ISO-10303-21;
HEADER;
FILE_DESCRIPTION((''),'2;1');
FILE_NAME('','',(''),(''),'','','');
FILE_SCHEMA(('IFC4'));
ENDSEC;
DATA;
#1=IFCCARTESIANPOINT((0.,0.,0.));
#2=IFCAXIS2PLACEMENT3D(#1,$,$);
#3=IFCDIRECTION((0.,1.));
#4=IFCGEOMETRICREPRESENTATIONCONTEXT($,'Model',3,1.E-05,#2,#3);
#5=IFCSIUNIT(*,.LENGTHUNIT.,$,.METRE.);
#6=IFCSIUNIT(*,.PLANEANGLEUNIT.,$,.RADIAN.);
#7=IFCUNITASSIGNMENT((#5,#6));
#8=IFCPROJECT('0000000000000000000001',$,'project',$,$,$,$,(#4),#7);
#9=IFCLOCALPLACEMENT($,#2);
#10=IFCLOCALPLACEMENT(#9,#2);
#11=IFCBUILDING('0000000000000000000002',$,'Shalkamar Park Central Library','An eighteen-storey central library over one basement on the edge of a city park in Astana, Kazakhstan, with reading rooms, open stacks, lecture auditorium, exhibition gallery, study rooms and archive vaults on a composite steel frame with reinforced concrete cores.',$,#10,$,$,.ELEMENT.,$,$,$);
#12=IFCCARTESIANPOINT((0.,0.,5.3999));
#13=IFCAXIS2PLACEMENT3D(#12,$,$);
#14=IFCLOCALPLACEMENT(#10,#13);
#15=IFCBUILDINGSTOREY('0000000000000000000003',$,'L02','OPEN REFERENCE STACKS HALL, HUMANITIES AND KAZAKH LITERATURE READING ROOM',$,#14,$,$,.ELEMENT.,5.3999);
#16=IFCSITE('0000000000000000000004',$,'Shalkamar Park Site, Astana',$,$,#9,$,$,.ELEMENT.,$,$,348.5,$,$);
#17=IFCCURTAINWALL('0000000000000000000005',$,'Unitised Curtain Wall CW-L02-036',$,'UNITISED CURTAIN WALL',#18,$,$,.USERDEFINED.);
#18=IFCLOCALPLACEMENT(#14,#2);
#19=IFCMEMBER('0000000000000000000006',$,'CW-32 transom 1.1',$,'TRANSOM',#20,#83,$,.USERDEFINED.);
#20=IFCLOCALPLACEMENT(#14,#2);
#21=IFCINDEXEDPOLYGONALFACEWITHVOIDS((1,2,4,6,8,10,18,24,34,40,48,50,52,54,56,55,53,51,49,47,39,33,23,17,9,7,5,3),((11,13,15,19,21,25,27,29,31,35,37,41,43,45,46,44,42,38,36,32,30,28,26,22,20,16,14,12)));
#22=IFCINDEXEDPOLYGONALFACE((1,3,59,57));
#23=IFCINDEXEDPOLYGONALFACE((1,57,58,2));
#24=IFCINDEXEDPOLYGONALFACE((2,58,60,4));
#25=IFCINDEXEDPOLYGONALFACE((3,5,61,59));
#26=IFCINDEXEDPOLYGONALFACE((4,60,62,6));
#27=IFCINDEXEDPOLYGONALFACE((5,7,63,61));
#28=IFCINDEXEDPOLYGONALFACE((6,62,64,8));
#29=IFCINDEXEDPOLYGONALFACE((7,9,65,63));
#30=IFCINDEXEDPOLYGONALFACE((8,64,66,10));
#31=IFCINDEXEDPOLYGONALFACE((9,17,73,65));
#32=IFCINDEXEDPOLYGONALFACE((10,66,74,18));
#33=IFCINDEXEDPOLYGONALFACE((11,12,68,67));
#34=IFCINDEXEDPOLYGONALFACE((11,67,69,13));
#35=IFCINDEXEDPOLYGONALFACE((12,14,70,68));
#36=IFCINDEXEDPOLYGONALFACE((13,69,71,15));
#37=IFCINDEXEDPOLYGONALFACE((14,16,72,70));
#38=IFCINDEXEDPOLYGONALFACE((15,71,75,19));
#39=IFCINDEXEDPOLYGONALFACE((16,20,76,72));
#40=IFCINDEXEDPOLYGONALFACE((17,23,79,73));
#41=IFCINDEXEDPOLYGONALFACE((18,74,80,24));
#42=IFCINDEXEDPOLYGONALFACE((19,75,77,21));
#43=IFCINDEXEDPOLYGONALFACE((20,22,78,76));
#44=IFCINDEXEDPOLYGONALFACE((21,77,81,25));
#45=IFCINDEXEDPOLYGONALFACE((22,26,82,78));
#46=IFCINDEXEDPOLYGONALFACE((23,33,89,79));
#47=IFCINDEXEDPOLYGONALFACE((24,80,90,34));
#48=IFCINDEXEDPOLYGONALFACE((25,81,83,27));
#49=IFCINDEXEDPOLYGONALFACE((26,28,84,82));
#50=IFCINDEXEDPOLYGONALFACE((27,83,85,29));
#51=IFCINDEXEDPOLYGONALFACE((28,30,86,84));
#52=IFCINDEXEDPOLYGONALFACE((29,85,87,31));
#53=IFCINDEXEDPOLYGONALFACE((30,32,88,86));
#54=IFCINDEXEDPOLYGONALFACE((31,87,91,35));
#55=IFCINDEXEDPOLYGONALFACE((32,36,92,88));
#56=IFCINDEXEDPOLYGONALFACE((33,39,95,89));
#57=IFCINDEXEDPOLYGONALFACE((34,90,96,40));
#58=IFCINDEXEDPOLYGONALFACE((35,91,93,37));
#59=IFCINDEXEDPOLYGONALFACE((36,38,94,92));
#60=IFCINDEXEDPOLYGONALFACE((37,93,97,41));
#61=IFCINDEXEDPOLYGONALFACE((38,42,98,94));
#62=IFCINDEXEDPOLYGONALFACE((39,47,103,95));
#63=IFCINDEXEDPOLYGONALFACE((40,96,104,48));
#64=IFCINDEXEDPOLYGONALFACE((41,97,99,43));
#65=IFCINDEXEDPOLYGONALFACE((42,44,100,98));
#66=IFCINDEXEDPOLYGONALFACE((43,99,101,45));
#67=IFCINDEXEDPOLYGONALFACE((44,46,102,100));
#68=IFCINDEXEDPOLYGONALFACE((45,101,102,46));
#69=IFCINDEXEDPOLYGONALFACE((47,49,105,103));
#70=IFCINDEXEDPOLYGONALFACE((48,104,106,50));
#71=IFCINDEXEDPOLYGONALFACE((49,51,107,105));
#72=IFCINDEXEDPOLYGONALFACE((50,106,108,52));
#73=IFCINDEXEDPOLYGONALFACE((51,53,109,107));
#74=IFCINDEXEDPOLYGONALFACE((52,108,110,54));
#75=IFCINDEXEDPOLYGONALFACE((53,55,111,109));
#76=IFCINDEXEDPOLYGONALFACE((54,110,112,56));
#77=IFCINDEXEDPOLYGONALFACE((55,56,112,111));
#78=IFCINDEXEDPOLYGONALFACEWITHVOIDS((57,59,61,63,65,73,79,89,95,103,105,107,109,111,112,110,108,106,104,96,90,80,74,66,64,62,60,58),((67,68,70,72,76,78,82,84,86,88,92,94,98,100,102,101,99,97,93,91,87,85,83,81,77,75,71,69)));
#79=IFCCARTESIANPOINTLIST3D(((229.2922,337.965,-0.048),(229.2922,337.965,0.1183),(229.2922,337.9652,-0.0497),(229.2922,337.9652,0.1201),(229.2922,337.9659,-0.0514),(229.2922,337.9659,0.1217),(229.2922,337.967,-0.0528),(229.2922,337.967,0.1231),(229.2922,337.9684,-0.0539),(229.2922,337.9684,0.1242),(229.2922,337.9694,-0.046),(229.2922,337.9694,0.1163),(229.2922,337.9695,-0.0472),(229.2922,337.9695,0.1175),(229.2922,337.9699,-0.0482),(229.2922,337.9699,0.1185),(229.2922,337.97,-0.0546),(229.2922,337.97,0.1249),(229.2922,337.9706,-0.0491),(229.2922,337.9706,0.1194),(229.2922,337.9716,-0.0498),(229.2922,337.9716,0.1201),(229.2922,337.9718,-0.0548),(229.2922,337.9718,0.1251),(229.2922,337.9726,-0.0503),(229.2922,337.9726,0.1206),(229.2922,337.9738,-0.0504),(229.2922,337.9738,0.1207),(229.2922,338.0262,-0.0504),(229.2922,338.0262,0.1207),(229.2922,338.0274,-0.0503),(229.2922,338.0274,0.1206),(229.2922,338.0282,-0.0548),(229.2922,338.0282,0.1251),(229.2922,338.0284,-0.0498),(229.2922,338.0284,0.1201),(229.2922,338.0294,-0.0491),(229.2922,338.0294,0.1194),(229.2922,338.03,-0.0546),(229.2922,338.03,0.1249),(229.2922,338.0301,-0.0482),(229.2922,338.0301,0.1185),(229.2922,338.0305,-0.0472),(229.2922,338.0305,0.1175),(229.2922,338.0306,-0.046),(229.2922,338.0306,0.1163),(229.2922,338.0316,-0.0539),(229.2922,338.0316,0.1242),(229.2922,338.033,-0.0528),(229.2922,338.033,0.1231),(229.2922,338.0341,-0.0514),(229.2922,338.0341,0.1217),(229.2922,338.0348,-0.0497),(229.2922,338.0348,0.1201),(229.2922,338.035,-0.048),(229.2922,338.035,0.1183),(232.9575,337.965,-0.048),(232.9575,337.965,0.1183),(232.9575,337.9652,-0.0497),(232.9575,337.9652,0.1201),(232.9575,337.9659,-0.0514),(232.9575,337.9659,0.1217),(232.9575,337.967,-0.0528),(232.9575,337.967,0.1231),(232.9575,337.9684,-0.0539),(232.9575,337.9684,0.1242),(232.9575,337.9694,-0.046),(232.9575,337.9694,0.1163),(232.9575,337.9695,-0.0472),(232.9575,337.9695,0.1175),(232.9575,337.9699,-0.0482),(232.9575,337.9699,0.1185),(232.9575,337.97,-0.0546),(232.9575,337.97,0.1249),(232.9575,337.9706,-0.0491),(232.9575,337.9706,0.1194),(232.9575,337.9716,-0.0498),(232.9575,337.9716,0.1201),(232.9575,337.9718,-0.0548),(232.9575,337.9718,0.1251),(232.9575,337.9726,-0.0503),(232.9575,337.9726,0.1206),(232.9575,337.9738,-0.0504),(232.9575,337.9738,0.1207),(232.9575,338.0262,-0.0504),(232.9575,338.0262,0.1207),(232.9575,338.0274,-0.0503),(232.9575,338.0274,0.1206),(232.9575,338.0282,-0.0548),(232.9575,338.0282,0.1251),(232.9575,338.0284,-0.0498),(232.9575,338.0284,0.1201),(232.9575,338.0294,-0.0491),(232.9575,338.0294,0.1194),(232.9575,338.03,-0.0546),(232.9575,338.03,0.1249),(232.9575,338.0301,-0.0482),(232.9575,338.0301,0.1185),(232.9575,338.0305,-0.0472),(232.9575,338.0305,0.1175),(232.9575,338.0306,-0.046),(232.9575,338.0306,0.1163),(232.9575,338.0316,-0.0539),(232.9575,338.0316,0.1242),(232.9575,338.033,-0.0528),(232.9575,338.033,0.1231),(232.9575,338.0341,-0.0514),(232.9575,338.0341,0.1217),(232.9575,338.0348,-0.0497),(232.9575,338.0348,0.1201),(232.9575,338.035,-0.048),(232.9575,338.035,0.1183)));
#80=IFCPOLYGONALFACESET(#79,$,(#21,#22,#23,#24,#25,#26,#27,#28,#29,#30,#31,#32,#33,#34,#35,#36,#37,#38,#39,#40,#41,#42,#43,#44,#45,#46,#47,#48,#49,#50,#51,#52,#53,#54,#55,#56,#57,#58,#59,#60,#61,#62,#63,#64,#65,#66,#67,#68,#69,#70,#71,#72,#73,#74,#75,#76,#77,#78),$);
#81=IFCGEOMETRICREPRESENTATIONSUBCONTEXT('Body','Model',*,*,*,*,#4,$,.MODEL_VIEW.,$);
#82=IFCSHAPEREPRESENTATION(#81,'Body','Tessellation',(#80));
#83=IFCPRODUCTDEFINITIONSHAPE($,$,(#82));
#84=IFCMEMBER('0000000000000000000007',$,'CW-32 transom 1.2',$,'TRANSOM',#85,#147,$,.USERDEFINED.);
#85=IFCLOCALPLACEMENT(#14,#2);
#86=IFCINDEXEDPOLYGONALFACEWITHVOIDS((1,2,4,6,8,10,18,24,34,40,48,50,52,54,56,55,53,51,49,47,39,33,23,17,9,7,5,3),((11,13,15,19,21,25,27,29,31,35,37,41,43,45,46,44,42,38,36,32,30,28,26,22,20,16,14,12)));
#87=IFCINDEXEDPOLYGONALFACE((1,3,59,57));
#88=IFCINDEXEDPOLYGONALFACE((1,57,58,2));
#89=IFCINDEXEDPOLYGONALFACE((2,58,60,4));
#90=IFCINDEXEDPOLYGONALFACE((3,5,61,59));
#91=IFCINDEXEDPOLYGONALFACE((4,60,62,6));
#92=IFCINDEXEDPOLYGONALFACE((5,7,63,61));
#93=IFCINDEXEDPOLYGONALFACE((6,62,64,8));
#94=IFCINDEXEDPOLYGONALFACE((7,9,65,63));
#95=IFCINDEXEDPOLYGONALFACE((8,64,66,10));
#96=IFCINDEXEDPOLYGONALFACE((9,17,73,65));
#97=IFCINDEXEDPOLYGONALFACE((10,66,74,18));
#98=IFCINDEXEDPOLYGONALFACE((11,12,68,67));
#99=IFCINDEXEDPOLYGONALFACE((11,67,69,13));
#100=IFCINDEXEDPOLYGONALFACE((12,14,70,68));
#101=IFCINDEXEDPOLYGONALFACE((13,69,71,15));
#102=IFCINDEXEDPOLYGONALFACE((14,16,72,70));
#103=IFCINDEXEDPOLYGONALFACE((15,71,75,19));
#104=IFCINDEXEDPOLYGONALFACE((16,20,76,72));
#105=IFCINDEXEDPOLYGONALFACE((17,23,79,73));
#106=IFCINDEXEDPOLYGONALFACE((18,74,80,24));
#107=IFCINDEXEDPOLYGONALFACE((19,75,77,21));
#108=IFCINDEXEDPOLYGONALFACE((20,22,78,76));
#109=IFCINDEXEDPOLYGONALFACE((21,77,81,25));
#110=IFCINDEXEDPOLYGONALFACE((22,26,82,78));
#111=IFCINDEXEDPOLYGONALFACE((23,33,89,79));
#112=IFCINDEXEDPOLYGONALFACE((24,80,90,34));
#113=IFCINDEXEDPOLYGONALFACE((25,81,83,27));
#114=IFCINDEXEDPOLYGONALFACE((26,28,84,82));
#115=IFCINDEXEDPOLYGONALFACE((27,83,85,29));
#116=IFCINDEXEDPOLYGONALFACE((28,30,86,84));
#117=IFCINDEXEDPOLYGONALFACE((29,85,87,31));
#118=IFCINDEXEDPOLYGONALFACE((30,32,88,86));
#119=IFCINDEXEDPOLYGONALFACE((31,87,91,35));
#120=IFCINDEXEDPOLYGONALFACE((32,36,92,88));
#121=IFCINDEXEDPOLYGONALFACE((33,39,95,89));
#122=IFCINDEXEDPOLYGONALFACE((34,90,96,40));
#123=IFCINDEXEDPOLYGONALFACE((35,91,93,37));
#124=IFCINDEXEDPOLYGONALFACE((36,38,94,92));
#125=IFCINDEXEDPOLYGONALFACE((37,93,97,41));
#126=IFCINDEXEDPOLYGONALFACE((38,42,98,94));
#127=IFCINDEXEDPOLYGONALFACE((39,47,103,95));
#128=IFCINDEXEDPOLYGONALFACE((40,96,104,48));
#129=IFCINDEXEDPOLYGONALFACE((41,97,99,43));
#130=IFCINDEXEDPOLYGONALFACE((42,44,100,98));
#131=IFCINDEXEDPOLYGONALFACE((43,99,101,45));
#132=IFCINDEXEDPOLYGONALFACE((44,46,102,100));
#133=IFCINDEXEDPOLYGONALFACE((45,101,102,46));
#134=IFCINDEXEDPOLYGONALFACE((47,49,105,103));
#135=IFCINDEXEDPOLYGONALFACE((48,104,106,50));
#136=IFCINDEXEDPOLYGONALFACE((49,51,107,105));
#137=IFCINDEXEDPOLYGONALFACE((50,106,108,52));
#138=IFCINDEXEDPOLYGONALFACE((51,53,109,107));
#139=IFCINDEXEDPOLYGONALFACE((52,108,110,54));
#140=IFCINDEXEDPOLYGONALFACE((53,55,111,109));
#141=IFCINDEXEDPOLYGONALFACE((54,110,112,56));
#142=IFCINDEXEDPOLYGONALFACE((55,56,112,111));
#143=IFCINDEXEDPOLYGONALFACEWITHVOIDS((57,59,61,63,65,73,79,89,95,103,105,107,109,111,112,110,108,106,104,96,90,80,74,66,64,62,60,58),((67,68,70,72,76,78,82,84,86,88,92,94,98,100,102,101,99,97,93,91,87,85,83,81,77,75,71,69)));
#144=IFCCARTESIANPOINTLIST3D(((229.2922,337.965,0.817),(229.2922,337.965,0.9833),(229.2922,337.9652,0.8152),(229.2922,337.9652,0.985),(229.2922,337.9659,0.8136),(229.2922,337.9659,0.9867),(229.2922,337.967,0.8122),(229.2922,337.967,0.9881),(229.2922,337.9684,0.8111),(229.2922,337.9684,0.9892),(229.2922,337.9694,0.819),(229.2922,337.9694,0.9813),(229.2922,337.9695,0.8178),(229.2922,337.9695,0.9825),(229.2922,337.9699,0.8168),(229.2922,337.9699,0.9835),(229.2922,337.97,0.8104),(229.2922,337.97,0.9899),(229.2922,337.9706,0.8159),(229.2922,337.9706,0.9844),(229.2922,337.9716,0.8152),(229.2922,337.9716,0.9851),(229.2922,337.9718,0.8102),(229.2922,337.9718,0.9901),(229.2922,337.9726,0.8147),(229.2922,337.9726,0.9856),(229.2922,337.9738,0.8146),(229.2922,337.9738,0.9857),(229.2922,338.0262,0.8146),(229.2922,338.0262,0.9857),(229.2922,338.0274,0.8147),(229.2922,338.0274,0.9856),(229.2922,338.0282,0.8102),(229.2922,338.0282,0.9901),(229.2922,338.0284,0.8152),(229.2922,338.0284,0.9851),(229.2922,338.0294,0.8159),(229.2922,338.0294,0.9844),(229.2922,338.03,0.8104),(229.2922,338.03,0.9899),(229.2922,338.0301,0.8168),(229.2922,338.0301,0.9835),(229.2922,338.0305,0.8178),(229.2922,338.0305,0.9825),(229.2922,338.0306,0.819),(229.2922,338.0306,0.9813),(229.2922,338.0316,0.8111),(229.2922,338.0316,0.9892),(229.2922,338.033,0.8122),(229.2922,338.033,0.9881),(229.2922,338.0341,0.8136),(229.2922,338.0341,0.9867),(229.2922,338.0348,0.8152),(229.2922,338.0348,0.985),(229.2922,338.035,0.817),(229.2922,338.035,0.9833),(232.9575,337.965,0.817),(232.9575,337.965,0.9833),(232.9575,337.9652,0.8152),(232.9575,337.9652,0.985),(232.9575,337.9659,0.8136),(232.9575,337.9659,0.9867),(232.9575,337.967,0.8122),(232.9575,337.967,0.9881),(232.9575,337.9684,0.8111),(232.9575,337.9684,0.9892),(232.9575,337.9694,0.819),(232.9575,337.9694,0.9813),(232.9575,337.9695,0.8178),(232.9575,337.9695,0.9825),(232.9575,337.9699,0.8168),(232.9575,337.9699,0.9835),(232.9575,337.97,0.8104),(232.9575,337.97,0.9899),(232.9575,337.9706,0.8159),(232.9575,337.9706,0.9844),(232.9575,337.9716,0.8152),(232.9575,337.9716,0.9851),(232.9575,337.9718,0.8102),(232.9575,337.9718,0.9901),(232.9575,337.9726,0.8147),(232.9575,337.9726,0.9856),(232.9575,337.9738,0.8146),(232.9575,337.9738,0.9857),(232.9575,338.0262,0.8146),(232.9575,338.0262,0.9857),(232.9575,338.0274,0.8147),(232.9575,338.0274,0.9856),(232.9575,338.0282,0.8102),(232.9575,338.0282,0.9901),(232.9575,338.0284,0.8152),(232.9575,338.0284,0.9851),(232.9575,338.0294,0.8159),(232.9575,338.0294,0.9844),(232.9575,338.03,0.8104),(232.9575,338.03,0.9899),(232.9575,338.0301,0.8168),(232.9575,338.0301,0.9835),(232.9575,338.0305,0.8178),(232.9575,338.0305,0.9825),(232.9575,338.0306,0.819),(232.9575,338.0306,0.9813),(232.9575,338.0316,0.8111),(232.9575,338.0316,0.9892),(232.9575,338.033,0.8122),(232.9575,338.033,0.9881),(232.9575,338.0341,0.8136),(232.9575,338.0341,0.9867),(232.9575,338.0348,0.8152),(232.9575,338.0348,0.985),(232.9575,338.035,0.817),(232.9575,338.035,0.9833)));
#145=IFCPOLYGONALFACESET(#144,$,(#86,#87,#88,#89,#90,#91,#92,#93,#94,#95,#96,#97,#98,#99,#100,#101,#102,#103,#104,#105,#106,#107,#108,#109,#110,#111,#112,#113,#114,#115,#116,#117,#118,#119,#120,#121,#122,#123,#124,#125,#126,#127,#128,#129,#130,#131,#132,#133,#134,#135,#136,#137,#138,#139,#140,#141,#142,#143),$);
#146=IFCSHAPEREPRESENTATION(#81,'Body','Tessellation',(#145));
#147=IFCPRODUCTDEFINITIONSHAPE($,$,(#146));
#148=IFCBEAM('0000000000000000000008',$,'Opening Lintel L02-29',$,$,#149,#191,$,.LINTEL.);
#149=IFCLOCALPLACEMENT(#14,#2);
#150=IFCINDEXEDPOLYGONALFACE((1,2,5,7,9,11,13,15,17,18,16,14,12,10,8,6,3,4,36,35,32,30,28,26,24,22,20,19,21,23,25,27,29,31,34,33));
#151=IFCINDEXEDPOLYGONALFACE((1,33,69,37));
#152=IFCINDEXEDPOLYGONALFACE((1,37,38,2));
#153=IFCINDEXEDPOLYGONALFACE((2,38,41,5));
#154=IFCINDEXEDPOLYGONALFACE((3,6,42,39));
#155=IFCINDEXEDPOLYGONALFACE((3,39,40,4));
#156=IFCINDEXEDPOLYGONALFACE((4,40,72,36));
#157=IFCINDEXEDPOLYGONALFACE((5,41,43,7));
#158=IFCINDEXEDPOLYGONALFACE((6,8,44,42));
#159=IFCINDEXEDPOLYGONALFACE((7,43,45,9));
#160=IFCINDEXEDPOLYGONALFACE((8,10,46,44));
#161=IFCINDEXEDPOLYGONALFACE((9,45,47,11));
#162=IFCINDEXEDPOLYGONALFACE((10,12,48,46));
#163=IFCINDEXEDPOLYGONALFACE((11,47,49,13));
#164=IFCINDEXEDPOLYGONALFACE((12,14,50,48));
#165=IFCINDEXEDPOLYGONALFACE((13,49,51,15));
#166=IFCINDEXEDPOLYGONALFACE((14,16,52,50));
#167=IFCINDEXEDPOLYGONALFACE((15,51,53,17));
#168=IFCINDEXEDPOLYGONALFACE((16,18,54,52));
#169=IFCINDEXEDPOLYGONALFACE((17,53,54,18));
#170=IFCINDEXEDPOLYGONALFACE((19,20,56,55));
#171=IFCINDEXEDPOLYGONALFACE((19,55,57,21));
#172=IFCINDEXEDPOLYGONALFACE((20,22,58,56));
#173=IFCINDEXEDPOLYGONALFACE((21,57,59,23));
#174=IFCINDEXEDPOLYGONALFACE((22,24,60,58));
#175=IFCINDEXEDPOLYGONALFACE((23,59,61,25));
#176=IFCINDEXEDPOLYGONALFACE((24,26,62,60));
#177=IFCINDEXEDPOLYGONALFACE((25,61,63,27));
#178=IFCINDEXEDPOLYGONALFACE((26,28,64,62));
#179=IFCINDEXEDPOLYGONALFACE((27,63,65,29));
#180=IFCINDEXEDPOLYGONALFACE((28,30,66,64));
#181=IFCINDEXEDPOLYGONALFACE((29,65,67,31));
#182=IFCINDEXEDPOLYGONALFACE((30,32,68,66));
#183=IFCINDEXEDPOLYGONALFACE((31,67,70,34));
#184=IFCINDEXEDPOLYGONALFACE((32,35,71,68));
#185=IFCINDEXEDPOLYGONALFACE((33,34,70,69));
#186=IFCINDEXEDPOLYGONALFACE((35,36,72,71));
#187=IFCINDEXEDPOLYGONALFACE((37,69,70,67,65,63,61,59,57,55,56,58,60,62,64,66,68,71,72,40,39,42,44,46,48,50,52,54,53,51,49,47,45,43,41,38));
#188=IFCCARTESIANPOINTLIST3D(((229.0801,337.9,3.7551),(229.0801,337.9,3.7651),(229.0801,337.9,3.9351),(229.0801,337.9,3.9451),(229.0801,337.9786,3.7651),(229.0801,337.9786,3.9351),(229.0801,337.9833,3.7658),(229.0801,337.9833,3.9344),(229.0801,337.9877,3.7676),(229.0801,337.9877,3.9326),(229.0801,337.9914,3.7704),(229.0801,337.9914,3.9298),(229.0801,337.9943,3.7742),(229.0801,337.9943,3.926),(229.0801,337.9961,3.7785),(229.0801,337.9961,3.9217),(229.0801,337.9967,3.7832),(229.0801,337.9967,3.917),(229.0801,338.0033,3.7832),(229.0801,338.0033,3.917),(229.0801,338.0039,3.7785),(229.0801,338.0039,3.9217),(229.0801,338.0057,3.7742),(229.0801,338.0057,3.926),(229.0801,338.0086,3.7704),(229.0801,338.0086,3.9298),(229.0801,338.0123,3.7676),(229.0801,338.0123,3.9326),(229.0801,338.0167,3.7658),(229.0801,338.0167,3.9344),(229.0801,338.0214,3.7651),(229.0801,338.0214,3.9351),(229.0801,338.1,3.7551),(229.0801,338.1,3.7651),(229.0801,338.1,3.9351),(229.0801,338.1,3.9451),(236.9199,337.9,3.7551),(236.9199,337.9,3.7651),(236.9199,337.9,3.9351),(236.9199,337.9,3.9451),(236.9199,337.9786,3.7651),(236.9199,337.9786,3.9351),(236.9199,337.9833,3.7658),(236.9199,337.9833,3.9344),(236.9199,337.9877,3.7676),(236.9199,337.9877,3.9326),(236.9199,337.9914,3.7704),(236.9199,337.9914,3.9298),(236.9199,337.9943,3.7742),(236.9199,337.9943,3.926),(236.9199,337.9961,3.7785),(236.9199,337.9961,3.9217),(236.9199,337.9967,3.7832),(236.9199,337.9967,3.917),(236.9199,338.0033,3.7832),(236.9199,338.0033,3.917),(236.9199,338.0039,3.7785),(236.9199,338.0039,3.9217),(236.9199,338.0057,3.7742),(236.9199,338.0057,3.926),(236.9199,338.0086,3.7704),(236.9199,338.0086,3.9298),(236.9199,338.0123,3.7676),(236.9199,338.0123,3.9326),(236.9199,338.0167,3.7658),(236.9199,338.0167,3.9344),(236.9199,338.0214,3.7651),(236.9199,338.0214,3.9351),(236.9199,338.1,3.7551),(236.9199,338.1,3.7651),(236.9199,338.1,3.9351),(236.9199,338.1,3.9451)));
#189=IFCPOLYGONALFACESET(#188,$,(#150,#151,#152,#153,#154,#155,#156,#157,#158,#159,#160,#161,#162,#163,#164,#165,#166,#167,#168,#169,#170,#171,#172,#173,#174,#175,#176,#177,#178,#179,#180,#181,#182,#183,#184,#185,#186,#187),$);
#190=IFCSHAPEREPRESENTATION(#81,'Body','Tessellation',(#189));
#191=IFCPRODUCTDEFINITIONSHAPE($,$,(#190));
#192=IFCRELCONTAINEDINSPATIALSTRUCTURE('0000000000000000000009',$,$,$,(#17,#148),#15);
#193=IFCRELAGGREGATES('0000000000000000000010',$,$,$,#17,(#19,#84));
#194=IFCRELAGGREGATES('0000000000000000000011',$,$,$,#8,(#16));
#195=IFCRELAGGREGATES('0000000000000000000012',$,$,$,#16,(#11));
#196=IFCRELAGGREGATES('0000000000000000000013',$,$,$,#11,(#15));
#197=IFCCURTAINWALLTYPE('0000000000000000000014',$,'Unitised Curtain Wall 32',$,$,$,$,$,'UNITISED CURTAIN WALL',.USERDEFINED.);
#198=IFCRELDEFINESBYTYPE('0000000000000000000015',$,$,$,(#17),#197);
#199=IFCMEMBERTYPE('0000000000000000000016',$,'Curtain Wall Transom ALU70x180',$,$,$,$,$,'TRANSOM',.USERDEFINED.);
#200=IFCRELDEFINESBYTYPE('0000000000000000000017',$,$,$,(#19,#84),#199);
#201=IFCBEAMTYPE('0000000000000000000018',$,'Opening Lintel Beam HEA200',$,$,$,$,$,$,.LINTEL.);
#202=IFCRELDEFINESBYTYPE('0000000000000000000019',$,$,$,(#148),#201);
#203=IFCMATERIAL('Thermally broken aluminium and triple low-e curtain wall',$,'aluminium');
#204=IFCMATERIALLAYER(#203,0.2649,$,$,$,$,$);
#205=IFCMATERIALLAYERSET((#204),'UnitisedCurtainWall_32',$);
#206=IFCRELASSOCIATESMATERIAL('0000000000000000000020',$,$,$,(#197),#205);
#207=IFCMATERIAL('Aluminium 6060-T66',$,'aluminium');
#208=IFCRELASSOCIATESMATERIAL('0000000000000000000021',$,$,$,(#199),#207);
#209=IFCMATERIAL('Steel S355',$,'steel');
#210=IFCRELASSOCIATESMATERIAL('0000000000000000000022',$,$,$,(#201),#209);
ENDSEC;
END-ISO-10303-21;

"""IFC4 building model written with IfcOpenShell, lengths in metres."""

from ifc_helpers import new_model, si_unit, direction, frame, origin, origin_2d, place, context, subcontext, project, spatial, hollow_rectangle, i_section, extrude, material, layer, layer_set, material_profile, profile_set, type_object, element, aggregate, save


model = new_model("IFC4")

# Units and contexts
model_context = context("Model", 3, precision=1e-05, world=origin(), true_north=direction((0.0, 1.0)))
body_context = subcontext(model_context, "Body", "Model", "MODEL_VIEW")
ifc_project = project(units=[si_unit("LENGTHUNIT", "METRE"), si_unit("PLANEANGLEUNIT", "RADIAN")], contexts=[model_context])

# Site, building, storey
site_placement = place(None, origin())
site = spatial("IfcSite", under=ifc_project, at=site_placement, Name="Shalkamar Park Site, Astana", CompositionType="ELEMENT", RefElevation=348.5)
building_placement = place(site_placement, origin())
building = spatial("IfcBuilding", under=site, at=building_placement, Name="Shalkamar Park Central Library", Description="An eighteen-storey central library over one basement on the edge of a city park in Astana, Kazakhstan, with reading rooms, open stacks, lecture auditorium, exhibition gallery, study rooms and archive vaults on a composite steel frame with reinforced concrete cores.", CompositionType="ELEMENT")
storey_placement = place(building_placement, frame((0.0, 0.0, 5.3999)))
storey = spatial("IfcBuildingStorey", under=building, at=storey_placement, Name="L02", Description="OPEN REFERENCE STACKS HALL, HUMANITIES AND KAZAKH LITERATURE READING ROOM", CompositionType="ELEMENT", Elevation=5.3999)

# Shared definitions
ifc_material_1 = material(Name="Steel S355", Category="steel")

# Shared definitions
ifc_material_2 = material(Name="Thermally broken aluminium and triple low-e curtain wall", Category="aluminium")
ifc_material_3 = material(Name="Aluminium 6060-T66", Category="aluminium")

# Curtain wall
ifc_layer_1 = layer(ifc_material_2, 0.2649)
ifc_layer_set_1 = layer_set([ifc_layer_1], Name="UnitisedCurtainWall_32")
curtain_wall_type_1 = type_object("IfcCurtainWallType", Name="Unitised Curtain Wall 32", ElementType="UNITISED CURTAIN WALL", PredefinedType="USERDEFINED", material=ifc_layer_set_1)
curtain_wall_1_placement = place(storey_placement, origin())
curtain_wall_1 = element("IfcCurtainWall", 1, at=curtain_wall_1_placement, inside=storey, type_object=curtain_wall_type_1, Name="Unitised Curtain Wall CW-L02-036", ObjectType="UNITISED CURTAIN WALL", PredefinedType="USERDEFINED")

# Members
ifc_material_profile_1 = material_profile(ifc_material_3, hollow_rectangle(XDim=0.0701, YDim=0.1799, WallThickness=0.0044, InnerFilletRadius=0.0044, OuterFilletRadius=0.0068, at=origin_2d()), Name="ALU 70x180x4.5")
ifc_profile_set_1 = profile_set([ifc_material_profile_1], Name="Aluminium 6060-T66")
member_type_1 = type_object("IfcMemberType", Name="Curtain Wall Transom ALU70x180", ElementType="TRANSOM", PredefinedType="USERDEFINED", material=ifc_profile_set_1)
member_1_placement = place(storey_placement, frame((229.2922, 338.0, 0.0352), z_axis=(1.0, 0.0, 0.0), x_axis=(0.0, 1.0, 0.0)))
member_1 = element("IfcMember", 2, at=member_1_placement, type_object=member_type_1, Name="CW-32 transom 1.1", ObjectType="TRANSOM", PredefinedType="USERDEFINED", context=body_context, shape_type="SweptSolid", body=[
    extrude(hollow_rectangle(XDim=0.0701, YDim=0.1799, WallThickness=0.0044, InnerFilletRadius=0.0044, OuterFilletRadius=0.0068, at=origin_2d()), origin(), (0.0, 0.0, 1.0), 3.6653),
])
member_2_placement = place(storey_placement, frame((229.2922, 338.0, 0.9001), z_axis=(1.0, 0.0, 0.0), x_axis=(0.0, 1.0, 0.0)))
member_2 = element("IfcMember", 3, at=member_2_placement, type_object=member_type_1, Name="CW-32 transom 1.2", ObjectType="TRANSOM", PredefinedType="USERDEFINED", context=body_context, shape_type="SweptSolid", body=[
    extrude(hollow_rectangle(XDim=0.0701, YDim=0.1799, WallThickness=0.0044, InnerFilletRadius=0.0044, OuterFilletRadius=0.0068, at=origin_2d()), origin(), (0.0, 0.0, 1.0), 3.6653),
])
aggregate(curtain_wall_1, [member_1, member_2])

# Beam
ifc_material_profile_2 = material_profile(ifc_material_1, i_section(OverallWidth=0.2, OverallDepth=0.1899, WebThickness=0.0066, FlangeThickness=0.01, FilletRadius=0.0181, at=origin_2d()), Name="HEA 200")
ifc_profile_set_2 = profile_set([ifc_material_profile_2], Name="Steel S355")
beam_type_1 = type_object("IfcBeamType", Name="Opening Lintel Beam HEA200", PredefinedType="LINTEL", material=ifc_profile_set_2)
beam_1_placement = place(storey_placement, frame((229.0801, 338.0, 3.8501), z_axis=(1.0, 0.0, 0.0), x_axis=(0.0, 1.0, 0.0)))
element("IfcBeam", 4, at=beam_1_placement, inside=storey, type_object=beam_type_1, Name="Opening Lintel L02-29", PredefinedType="LINTEL", context=body_context, shape_type="SweptSolid", body=[
    extrude(i_section(OverallWidth=0.2, OverallDepth=0.1899, WebThickness=0.0066, FlangeThickness=0.01, FilletRadius=0.0181, at=origin_2d()), origin(), (0.0, 0.0, 1.0), 7.8398),
])

save(model, "model.ifc")
